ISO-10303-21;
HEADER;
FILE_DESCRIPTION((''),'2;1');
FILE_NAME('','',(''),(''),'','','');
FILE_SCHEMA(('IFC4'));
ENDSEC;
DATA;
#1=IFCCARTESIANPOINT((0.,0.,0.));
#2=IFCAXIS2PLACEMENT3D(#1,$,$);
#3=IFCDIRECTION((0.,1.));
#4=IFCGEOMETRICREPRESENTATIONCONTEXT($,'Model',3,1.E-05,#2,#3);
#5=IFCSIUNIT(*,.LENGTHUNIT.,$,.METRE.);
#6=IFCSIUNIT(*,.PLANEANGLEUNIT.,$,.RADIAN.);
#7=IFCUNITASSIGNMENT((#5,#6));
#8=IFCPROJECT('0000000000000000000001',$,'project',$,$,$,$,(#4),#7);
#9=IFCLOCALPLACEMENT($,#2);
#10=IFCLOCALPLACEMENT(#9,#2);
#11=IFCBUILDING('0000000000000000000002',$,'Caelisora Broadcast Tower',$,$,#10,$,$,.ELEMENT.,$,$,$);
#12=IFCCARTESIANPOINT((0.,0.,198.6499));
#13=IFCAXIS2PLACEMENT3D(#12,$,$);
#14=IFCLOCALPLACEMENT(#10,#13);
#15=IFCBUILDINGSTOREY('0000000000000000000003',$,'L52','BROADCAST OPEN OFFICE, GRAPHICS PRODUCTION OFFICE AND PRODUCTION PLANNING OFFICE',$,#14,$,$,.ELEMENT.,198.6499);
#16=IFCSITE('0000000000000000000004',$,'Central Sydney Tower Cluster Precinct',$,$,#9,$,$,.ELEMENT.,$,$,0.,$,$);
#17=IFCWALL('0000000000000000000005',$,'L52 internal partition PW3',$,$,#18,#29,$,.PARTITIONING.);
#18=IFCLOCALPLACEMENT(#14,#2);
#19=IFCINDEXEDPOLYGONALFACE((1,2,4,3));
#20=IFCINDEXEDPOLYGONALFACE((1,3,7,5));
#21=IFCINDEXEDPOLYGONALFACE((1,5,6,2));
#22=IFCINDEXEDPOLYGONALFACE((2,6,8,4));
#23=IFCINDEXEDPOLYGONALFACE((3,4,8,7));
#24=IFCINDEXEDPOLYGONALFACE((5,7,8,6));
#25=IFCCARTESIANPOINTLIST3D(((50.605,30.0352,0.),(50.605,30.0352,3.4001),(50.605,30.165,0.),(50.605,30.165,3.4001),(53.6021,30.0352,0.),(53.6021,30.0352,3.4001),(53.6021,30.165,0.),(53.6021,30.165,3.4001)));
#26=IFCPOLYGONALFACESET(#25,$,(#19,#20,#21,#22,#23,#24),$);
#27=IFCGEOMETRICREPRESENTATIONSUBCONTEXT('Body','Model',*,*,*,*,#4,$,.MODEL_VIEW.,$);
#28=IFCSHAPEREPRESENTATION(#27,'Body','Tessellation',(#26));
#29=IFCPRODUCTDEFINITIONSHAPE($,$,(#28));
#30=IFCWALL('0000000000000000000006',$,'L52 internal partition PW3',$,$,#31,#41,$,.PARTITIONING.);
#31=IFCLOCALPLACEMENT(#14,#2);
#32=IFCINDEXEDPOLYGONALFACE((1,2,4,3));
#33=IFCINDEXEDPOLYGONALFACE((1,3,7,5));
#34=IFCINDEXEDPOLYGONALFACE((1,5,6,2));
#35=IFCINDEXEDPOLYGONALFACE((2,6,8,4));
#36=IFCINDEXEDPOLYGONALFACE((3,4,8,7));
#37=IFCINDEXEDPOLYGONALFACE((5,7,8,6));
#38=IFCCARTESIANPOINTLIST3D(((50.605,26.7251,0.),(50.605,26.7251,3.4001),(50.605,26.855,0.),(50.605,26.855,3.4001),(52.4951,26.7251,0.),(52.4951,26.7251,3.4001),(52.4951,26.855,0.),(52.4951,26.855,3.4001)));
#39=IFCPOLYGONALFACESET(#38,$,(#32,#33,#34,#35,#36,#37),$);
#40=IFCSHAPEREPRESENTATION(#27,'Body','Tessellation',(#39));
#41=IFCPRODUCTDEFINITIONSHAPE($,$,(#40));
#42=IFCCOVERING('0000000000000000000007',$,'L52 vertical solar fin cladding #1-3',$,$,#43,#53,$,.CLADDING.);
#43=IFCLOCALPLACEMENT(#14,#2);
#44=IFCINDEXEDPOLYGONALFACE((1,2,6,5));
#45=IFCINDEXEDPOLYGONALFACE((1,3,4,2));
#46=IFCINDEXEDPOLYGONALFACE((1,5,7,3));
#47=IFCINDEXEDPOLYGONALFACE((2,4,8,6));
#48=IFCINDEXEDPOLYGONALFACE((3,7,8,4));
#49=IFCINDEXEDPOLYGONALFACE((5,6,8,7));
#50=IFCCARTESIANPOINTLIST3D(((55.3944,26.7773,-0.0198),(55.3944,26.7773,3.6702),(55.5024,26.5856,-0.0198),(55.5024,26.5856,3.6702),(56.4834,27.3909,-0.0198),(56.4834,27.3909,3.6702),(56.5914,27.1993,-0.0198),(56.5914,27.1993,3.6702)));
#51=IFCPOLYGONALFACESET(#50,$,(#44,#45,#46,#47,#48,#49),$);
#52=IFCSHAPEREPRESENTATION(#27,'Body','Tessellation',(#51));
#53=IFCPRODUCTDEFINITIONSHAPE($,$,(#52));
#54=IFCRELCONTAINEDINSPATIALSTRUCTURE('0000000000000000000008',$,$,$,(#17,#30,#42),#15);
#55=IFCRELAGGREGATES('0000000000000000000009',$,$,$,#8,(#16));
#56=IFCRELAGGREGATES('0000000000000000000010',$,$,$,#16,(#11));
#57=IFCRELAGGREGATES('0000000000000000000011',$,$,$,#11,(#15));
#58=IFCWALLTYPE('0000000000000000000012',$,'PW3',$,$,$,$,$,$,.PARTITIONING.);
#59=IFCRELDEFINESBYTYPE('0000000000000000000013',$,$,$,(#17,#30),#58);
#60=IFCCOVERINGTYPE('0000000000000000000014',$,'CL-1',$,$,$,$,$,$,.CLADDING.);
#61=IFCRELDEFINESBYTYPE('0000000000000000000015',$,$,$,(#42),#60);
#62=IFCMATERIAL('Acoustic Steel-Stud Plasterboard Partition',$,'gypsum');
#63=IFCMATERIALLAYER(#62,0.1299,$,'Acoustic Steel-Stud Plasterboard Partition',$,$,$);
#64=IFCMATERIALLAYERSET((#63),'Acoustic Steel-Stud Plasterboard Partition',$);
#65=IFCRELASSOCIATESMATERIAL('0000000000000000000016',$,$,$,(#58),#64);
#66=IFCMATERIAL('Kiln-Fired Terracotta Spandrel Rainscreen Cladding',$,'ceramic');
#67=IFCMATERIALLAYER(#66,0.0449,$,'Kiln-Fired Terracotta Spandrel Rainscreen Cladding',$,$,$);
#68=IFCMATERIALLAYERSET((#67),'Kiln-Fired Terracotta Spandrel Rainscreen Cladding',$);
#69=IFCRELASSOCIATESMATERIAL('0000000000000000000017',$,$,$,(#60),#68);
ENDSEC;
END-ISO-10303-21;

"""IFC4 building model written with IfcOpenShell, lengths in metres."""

from ifc_helpers import new_model, si_unit, direction, frame, frame_2d, origin, origin_2d, place, context, subcontext, project, spatial, rectangle, extrude, source, transform, mapped, material, layer, layer_set, type_object, type_shapes, element, save


model = new_model("IFC4")

# Units and contexts
model_context = context("Model", 3, precision=1e-05, world=origin(), true_north=direction((0.0, 1.0)))
body_context = subcontext(model_context, "Body", "Model", "MODEL_VIEW")
ifc_project = project(units=[si_unit("LENGTHUNIT", "METRE"), si_unit("PLANEANGLEUNIT", "RADIAN")], contexts=[model_context])

# Site, building, storey
site_placement = place(None, origin())
site = spatial("IfcSite", under=ifc_project, at=site_placement, Name="Central Sydney Tower Cluster Precinct", CompositionType="ELEMENT", RefElevation=0.0)
building_placement = place(site_placement, origin())
building = spatial("IfcBuilding", under=site, at=building_placement, Name="Caelisora Broadcast Tower", CompositionType="ELEMENT")
storey_placement = place(building_placement, frame((0.0, 0.0, 198.6499)))
storey = spatial("IfcBuildingStorey", under=building, at=storey_placement, Name="L52", Description="BROADCAST OPEN OFFICE, GRAPHICS PRODUCTION OFFICE AND PRODUCTION PLANNING OFFICE", CompositionType="ELEMENT", Elevation=198.6499)

# Shared definitions
ifc_material_1 = material(Name="Acoustic Steel-Stud Plasterboard Partition", Category="gypsum")
ifc_layer_1 = layer(ifc_material_1, 0.1299, Name="Acoustic Steel-Stud Plasterboard Partition")
ifc_layer_set_1 = layer_set([ifc_layer_1], Name="Acoustic Steel-Stud Plasterboard Partition")
wall_type_1 = type_object("IfcWallType", Name="PW3", PredefinedType="PARTITIONING", material=ifc_layer_set_1)

# Walls
wall_1_placement = place(storey_placement, frame((50.605, 30.1001, 0.0), z_axis=(0.0, 0.0, 1.0), x_axis=(1.0, 0.0, 0.0)))
element("IfcWall", 1, at=wall_1_placement, inside=storey, type_object=wall_type_1, Name="L52 internal partition PW3", PredefinedType="PARTITIONING", context=body_context, shape_type="SweptSolid", body=[
    extrude(rectangle(XDim=2.9971, YDim=0.1299, at=frame_2d((1.4985, 0.0))), origin(), (0.0, 0.0, 1.0), 3.4001),
])
wall_2_placement = place(storey_placement, frame((52.4951, 26.79, 0.0), z_axis=(0.0, 0.0, 1.0), x_axis=(-1.0, 0.0, 0.0)))
element("IfcWall", 2, at=wall_2_placement, inside=storey, type_object=wall_type_1, Name="L52 internal partition PW3", PredefinedType="PARTITIONING", context=body_context, shape_type="SweptSolid", body=[
    extrude(rectangle(XDim=1.8901, YDim=0.1299, at=frame_2d((0.9451, 0.0))), origin(), (0.0, 0.0, 1.0), 3.4001),
])

# Covering
ifc_material_2 = material(Name="Kiln-Fired Terracotta Spandrel Rainscreen Cladding", Category="ceramic")
ifc_layer_2 = layer(ifc_material_2, 0.0449, Name="Kiln-Fired Terracotta Spandrel Rainscreen Cladding")
ifc_layer_set_2 = layer_set([ifc_layer_2], Name="Kiln-Fired Terracotta Spandrel Rainscreen Cladding")
covering_type = type_object("IfcCoveringType", Name="CL-1", PredefinedType="CLADDING", material=ifc_layer_set_2)
shared_shape_1 = source(origin(), body_context, "Body", "SweptSolid", [
    extrude(rectangle(XDim=0.22, YDim=1.25, at=origin_2d()), origin(), (0.0, 0.0, 1.0), 3.6899),
])
type_shapes(covering_type, [shared_shape_1])
covering_placement = place(storey_placement, frame((55.9929, 26.9883, -0.0198), z_axis=(0.0, 0.0, 1.0), x_axis=(0.490904, -0.871214, 0.0)))
element("IfcCovering", 3, at=covering_placement, inside=storey, type_object=covering_type, Name="L52 vertical solar fin cladding #1-3", PredefinedType="CLADDING", context=body_context, shape_type="MappedRepresentation", body=[
    mapped(shared_shape_1, transform((0.0, 0.0, 0.0), scale=1.0)),
])

save(model, "model.ifc")
